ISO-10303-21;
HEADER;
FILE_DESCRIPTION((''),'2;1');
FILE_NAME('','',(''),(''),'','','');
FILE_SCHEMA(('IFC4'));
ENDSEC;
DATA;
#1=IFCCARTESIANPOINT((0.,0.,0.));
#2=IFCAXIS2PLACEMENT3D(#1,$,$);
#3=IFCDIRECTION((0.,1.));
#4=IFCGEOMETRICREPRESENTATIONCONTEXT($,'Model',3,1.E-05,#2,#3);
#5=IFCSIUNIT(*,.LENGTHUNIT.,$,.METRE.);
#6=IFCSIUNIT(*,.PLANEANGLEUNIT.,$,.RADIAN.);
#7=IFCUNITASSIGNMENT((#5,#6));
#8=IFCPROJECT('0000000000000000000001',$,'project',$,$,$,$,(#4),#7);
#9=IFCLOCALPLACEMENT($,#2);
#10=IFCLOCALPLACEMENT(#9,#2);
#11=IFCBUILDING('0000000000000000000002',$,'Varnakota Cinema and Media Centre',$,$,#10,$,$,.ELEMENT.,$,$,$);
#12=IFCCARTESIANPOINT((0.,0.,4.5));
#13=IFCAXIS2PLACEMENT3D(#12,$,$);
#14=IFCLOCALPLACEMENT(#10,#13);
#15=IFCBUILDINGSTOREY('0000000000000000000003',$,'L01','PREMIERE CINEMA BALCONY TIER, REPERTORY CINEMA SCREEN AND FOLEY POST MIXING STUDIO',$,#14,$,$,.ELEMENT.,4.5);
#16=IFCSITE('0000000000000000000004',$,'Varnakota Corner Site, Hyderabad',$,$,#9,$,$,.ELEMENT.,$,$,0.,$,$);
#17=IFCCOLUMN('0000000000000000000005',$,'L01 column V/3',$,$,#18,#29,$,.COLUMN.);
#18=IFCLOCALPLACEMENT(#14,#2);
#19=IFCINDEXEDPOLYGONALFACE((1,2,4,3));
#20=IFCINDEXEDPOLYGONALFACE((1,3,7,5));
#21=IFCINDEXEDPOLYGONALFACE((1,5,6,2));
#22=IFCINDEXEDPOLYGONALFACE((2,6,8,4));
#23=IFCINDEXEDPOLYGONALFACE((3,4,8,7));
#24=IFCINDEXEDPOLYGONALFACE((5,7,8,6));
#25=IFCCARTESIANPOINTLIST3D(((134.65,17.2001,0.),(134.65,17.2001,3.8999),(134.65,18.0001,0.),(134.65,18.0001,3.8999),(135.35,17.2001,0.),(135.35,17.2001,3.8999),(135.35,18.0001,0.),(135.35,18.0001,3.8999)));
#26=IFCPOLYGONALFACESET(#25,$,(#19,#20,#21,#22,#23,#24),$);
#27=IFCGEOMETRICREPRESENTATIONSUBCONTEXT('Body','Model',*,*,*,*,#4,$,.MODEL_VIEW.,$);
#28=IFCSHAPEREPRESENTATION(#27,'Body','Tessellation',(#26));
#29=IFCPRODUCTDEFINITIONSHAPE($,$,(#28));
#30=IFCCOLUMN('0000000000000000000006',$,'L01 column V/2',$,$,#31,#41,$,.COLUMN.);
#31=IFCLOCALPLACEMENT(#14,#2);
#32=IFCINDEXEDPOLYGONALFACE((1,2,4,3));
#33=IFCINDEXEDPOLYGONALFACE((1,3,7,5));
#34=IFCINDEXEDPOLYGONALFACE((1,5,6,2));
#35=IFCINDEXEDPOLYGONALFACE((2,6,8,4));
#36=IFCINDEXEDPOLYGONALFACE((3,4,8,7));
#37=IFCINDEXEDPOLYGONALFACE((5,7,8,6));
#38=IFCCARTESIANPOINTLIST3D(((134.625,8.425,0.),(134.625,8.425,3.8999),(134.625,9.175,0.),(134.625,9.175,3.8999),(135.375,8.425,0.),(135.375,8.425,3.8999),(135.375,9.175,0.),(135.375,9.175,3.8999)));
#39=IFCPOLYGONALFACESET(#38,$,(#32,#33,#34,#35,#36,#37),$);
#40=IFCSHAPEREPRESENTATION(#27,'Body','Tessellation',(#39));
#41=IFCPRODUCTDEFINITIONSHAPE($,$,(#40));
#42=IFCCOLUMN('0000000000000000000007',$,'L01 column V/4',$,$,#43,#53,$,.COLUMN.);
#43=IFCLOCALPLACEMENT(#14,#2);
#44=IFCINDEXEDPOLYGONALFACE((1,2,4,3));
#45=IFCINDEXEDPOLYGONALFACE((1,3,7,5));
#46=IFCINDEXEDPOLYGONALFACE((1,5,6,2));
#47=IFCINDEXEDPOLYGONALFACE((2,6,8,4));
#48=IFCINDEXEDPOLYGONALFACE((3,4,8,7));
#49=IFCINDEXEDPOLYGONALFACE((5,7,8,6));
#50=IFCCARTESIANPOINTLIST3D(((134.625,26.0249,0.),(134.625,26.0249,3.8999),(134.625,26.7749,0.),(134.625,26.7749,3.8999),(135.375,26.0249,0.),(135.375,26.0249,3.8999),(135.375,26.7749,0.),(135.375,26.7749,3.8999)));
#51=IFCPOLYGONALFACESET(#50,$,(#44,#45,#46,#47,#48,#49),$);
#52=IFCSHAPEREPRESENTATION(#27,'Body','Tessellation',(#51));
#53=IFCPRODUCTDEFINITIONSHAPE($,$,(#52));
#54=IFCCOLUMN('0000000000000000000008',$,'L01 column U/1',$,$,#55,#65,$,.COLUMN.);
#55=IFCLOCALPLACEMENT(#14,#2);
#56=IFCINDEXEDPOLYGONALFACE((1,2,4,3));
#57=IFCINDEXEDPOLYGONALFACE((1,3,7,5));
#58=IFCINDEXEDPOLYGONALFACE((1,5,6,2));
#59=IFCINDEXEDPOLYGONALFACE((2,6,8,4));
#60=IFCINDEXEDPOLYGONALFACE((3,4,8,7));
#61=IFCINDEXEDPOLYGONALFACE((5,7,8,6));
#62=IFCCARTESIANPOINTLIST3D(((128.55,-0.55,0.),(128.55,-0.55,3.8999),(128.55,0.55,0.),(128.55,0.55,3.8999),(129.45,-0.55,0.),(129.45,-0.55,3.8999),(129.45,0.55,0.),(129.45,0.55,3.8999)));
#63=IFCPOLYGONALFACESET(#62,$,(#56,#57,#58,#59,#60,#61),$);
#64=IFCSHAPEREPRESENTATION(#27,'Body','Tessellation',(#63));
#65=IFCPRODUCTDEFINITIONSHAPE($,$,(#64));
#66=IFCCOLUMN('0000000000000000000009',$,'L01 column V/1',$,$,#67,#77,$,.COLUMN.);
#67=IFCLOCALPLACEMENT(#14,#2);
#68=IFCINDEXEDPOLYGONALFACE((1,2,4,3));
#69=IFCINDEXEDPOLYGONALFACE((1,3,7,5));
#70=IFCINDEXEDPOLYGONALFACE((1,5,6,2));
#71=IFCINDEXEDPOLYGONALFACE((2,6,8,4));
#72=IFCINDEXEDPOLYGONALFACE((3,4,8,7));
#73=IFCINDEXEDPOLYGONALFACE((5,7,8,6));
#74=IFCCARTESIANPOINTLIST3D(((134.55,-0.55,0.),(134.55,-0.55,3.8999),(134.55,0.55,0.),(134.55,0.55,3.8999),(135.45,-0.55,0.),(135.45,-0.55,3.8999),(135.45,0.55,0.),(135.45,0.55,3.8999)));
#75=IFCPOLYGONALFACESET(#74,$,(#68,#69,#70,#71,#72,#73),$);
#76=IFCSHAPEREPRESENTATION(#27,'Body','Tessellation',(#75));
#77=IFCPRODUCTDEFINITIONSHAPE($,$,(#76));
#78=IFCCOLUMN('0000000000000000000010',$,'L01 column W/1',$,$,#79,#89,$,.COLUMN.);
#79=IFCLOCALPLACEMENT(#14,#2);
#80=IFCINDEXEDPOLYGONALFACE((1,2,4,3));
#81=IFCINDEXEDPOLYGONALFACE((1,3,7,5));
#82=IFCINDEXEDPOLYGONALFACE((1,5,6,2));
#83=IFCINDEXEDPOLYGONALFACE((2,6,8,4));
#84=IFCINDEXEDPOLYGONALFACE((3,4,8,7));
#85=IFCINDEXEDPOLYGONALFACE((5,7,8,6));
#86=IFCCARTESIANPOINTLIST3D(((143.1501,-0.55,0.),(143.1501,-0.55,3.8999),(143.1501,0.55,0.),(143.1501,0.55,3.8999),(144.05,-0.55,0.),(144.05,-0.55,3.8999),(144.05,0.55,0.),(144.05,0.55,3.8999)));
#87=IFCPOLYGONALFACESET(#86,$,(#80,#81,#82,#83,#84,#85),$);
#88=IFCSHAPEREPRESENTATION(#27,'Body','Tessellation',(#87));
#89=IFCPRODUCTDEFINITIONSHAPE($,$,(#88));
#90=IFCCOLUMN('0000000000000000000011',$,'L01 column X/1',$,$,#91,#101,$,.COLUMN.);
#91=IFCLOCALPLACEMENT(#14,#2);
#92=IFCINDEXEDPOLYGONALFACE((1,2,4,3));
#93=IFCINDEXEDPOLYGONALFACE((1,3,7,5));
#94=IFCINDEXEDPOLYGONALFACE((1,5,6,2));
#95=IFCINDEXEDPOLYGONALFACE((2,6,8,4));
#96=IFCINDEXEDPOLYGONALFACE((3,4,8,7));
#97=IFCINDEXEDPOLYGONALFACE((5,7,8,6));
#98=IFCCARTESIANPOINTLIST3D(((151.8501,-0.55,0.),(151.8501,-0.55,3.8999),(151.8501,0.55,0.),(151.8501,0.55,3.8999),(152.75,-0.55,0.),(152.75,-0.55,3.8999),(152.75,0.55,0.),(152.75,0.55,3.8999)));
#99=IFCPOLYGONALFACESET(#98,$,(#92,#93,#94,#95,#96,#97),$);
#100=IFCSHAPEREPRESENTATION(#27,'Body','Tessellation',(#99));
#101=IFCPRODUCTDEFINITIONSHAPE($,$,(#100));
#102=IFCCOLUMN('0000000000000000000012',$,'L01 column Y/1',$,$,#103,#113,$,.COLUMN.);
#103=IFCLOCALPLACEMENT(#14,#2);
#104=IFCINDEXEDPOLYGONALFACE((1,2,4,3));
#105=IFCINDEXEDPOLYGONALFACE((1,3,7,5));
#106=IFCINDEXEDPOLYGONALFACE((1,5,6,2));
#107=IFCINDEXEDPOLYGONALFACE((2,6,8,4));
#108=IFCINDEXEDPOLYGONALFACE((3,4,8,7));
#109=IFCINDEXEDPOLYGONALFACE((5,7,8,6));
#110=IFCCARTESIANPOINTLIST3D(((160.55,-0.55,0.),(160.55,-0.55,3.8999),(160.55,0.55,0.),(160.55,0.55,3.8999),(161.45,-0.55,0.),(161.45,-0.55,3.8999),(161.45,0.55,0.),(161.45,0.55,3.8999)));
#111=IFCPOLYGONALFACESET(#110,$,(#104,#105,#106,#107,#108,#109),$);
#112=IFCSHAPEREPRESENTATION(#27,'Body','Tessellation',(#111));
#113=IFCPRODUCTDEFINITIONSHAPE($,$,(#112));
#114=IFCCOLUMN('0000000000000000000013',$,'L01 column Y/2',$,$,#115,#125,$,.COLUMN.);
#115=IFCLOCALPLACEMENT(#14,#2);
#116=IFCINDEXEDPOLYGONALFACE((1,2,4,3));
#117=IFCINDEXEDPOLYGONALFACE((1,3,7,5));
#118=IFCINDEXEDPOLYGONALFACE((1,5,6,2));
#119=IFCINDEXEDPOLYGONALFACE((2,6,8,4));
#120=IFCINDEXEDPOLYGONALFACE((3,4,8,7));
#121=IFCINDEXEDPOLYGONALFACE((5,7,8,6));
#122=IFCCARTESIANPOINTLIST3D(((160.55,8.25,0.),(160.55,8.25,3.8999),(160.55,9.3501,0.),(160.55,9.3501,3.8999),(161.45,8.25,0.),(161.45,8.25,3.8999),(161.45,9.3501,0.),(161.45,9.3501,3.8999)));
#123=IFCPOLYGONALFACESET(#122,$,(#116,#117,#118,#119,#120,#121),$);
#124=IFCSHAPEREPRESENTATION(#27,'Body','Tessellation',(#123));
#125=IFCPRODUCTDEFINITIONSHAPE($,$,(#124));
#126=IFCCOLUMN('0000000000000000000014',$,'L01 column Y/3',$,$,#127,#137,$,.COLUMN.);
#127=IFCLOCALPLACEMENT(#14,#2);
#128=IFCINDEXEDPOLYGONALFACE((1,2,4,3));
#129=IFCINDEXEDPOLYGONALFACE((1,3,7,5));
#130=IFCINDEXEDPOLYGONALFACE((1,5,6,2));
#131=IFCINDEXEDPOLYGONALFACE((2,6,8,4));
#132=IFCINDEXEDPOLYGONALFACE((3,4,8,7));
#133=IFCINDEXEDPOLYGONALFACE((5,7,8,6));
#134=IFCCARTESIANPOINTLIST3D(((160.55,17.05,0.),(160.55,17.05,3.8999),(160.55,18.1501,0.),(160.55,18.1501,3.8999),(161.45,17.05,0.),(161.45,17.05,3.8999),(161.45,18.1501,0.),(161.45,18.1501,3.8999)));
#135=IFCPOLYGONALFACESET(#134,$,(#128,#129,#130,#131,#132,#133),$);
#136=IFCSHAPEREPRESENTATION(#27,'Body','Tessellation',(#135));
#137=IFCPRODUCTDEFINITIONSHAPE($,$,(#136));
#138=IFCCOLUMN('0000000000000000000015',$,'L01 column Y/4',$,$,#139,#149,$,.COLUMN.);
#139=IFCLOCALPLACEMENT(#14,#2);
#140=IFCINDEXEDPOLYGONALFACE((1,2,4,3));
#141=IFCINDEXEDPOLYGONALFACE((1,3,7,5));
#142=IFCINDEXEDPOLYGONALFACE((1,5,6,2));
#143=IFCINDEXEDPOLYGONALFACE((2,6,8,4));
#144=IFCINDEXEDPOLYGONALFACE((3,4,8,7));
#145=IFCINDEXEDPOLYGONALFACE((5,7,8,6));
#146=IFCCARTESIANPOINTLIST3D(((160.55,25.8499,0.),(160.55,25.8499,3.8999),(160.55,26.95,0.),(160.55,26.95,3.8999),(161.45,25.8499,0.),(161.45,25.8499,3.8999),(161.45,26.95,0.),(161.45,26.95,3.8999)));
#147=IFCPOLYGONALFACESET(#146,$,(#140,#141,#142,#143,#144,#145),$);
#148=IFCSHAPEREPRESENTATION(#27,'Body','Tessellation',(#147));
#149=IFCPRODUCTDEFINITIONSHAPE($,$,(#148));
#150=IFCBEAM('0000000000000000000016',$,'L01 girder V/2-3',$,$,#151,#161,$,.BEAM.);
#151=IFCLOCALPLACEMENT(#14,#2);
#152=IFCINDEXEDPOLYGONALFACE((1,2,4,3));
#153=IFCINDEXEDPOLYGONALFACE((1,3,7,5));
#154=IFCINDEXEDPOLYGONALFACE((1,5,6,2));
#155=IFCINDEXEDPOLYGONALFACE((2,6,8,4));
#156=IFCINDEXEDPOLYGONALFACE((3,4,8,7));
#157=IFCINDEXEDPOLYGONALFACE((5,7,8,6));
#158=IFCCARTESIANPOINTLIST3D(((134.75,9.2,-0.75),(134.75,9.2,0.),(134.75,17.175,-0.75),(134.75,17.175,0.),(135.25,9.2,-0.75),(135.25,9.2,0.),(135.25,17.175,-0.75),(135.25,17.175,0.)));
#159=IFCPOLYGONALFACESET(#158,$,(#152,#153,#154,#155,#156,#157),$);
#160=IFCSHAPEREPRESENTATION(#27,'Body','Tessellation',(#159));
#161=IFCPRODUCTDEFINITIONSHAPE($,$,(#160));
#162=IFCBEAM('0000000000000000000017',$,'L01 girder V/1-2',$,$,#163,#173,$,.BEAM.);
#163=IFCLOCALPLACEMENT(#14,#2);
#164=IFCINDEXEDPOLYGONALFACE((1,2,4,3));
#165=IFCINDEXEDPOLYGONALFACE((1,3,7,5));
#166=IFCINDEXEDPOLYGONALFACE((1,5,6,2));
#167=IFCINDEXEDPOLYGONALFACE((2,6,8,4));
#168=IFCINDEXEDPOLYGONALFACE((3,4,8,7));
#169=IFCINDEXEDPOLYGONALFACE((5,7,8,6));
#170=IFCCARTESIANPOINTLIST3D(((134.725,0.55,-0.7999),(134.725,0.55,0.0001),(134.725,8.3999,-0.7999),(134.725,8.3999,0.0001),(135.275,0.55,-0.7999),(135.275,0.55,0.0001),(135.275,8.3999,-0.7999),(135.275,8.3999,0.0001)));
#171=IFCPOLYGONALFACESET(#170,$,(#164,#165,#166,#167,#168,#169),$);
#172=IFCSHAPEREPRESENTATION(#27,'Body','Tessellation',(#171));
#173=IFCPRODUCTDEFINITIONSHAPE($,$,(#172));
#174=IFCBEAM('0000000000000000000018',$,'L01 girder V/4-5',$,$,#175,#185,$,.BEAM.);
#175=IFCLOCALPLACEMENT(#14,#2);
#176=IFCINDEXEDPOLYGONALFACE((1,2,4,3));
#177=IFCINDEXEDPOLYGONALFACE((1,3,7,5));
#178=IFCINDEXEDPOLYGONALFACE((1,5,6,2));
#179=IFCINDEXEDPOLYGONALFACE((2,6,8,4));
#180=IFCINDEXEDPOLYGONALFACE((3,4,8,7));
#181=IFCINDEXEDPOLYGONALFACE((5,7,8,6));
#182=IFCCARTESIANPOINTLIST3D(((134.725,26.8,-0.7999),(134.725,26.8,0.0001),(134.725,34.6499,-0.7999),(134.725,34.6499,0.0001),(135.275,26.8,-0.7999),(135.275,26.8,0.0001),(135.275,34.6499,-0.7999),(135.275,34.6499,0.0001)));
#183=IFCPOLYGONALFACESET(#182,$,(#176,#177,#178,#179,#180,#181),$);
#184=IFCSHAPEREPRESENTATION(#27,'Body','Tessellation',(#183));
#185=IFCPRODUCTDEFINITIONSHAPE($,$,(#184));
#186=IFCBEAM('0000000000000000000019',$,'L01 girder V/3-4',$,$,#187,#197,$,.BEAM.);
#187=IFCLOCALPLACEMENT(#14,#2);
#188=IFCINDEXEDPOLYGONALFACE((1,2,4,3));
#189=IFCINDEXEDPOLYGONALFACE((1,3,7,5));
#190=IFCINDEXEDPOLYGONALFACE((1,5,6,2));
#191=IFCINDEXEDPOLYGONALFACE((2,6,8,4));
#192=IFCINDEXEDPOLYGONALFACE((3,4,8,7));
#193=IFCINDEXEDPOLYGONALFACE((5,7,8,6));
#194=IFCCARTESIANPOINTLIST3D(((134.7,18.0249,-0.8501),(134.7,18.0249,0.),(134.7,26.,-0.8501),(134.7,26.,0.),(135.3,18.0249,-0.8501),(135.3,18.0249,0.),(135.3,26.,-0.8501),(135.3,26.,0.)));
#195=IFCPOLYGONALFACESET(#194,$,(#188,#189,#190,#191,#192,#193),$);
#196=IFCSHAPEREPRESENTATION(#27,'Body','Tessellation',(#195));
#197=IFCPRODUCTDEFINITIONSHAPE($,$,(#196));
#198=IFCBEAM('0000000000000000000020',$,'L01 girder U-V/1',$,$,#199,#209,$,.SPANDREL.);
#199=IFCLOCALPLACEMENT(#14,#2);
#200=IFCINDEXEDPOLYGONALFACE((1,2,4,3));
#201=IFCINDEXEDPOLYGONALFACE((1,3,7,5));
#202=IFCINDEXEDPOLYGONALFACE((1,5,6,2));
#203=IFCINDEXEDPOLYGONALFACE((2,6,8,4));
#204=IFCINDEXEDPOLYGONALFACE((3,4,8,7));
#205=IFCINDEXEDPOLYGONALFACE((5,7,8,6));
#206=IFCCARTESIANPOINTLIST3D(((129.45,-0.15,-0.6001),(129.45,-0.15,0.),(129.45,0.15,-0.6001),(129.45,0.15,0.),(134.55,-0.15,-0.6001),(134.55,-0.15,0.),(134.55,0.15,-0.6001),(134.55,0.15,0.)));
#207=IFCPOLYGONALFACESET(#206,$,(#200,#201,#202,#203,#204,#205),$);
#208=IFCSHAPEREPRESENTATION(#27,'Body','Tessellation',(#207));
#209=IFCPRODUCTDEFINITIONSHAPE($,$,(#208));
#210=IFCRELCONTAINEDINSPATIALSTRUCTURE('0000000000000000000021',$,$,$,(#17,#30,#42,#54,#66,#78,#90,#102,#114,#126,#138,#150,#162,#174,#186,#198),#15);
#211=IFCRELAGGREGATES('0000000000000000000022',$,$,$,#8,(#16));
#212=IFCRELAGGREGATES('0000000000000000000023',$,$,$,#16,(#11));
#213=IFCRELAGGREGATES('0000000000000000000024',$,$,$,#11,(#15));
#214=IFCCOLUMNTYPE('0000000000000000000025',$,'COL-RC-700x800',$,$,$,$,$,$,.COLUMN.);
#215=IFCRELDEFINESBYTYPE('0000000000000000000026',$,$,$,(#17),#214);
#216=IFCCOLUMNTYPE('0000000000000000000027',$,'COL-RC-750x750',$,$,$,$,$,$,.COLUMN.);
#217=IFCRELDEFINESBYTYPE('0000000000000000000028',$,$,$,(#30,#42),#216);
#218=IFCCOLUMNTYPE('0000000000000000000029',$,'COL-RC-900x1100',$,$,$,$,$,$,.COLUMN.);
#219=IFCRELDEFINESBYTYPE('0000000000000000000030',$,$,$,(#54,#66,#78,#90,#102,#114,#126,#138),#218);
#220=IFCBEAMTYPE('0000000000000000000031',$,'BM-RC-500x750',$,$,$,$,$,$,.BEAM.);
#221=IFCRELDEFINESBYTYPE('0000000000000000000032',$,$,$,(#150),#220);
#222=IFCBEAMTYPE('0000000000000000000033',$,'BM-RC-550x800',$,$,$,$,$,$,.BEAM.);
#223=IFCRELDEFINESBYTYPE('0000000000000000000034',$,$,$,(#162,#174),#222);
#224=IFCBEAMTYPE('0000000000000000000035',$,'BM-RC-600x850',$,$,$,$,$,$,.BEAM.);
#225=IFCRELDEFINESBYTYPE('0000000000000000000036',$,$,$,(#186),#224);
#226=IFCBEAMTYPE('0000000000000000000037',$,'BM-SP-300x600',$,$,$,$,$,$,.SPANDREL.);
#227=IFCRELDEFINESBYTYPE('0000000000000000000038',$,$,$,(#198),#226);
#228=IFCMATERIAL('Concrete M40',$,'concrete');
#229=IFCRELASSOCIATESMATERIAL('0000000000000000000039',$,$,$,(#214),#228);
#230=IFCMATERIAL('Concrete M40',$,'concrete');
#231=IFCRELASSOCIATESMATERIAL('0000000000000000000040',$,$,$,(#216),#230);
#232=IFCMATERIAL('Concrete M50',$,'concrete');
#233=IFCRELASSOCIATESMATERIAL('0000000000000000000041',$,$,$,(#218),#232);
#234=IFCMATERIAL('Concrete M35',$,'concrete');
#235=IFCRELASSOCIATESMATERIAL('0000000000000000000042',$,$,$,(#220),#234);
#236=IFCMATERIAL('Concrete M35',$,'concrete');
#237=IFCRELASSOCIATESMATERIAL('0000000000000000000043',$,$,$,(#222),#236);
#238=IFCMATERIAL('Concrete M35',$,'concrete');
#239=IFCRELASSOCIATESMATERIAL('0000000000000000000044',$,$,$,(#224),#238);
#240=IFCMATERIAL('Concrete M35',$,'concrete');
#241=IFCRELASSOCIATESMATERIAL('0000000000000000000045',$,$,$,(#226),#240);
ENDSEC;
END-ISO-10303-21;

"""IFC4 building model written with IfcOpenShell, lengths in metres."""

from ifc_helpers import new_model, si_unit, direction, frame, origin, origin_2d, place, context, subcontext, project, spatial, rectangle, extrude, material, material_profile, profile_set, type_object, element, save


model = new_model("IFC4")

# Units and contexts
model_context = context("Model", 3, precision=1e-05, world=origin(), true_north=direction((0.0, 1.0)))
body_context = subcontext(model_context, "Body", "Model", "MODEL_VIEW")
ifc_project = project(units=[si_unit("LENGTHUNIT", "METRE"), si_unit("PLANEANGLEUNIT", "RADIAN")], contexts=[model_context])

# Site, building, storey
site_placement = place(None, origin())
site = spatial("IfcSite", under=ifc_project, at=site_placement, Name="Varnakota Corner Site, Hyderabad", CompositionType="ELEMENT", RefElevation=0.0)
building_placement = place(site_placement, origin())
building = spatial("IfcBuilding", under=site, at=building_placement, Name="Varnakota Cinema and Media Centre", CompositionType="ELEMENT")
storey_placement = place(building_placement, frame((0.0, 0.0, 4.5)))
storey = spatial("IfcBuildingStorey", under=building, at=storey_placement, Name="L01", Description="PREMIERE CINEMA BALCONY TIER, REPERTORY CINEMA SCREEN AND FOLEY POST MIXING STUDIO", CompositionType="ELEMENT", Elevation=4.5)

# Columns
ifc_material_1 = material(Name="Concrete M40", Category="concrete")
ifc_material_profile_1 = material_profile(ifc_material_1, rectangle(XDim=0.7, YDim=0.8, at=origin_2d()), Name="RC 700x800")
ifc_profile_set_1 = profile_set([ifc_material_profile_1], Name="Concrete M40")
column_type_1 = type_object("IfcColumnType", Name="COL-RC-700x800", PredefinedType="COLUMN", material=ifc_profile_set_1)
column_placement = place(storey_placement, frame((135.0, 17.6001, 0.0), z_axis=(0.0, 0.0, 1.0), x_axis=(1.0, 0.0, 0.0)))
element("IfcColumn", 1, at=column_placement, inside=storey, type_object=column_type_1, Name="L01 column V/3", PredefinedType="COLUMN", context=body_context, shape_type="SweptSolid", body=[
    extrude(rectangle(XDim=0.7, YDim=0.8, at=origin_2d()), origin(), (0.0, 0.0, 1.0), 3.8999),
])
ifc_material_2 = material(Name="Concrete M40", Category="concrete")
ifc_material_profile_2 = material_profile(ifc_material_2, rectangle(XDim=0.75, YDim=0.75, at=origin_2d()), Name="RC 750x750")
ifc_profile_set_2 = profile_set([ifc_material_profile_2], Name="Concrete M40")
column_type_2 = type_object("IfcColumnType", Name="COL-RC-750x750", PredefinedType="COLUMN", material=ifc_profile_set_2)
for number, where, z_axis, x_axis, name in (
    (2, (135.0, 8.8, 0.0), (0.0, 0.0, 1.0), (1.0, 0.0, 0.0), "L01 column V/2"),
    (3, (135.0, 26.3999, 0.0), (0.0, 0.0, 1.0), (1.0, 0.0, 0.0), "L01 column V/4"),
):
    element("IfcColumn", number, at=place(storey_placement, frame(where, z_axis=z_axis, x_axis=x_axis)), inside=storey, type_object=column_type_2, Name=name, PredefinedType="COLUMN", context=body_context, shape_type="SweptSolid", body=[
        extrude(rectangle(XDim=0.75, YDim=0.75, at=origin_2d()), origin(), (0.0, 0.0, 1.0), 3.8999),
    ])
ifc_material_3 = material(Name="Concrete M50", Category="concrete")
ifc_material_profile_3 = material_profile(ifc_material_3, rectangle(XDim=0.8999, YDim=1.1001, at=origin_2d()), Name="RC 900x1100")
ifc_profile_set_3 = profile_set([ifc_material_profile_3], Name="Concrete M50")
column_type_3 = type_object("IfcColumnType", Name="COL-RC-900x1100", PredefinedType="COLUMN", material=ifc_profile_set_3)
for number, where, z_axis, x_axis, name in (
    (4, (129.0, 0.0, 0.0), (0.0, 0.0, 1.0), (1.0, 0.0, 0.0), "L01 column U/1"),
    (5, (135.0, 0.0, 0.0), (0.0, 0.0, 1.0), (1.0, 0.0, 0.0), "L01 column V/1"),
    (6, (143.6001, 0.0, 0.0), (0.0, 0.0, 1.0), (1.0, 0.0, 0.0), "L01 column W/1"),
    (7, (152.3, 0.0, 0.0), (0.0, 0.0, 1.0), (1.0, 0.0, 0.0), "L01 column X/1"),
    (8, (161.0, 0.0, 0.0), (0.0, 0.0, 1.0), (1.0, 0.0, 0.0), "L01 column Y/1"),
    (9, (161.0, 8.8, 0.0), (0.0, 0.0, 1.0), (1.0, 0.0, 0.0), "L01 column Y/2"),
    (10, (161.0, 17.6001, 0.0), (0.0, 0.0, 1.0), (1.0, 0.0, 0.0), "L01 column Y/3"),
    (11, (161.0, 26.3999, 0.0), (0.0, 0.0, 1.0), (1.0, 0.0, 0.0), "L01 column Y/4"),
):
    element("IfcColumn", number, at=place(storey_placement, frame(where, z_axis=z_axis, x_axis=x_axis)), inside=storey, type_object=column_type_3, Name=name, PredefinedType="COLUMN", context=body_context, shape_type="SweptSolid", body=[
        extrude(rectangle(XDim=0.8999, YDim=1.1001, at=origin_2d()), origin(), (0.0, 0.0, 1.0), 3.8999),
    ])

# Beams
ifc_material_4 = material(Name="Concrete M35", Category="concrete")
ifc_material_profile_4 = material_profile(ifc_material_4, rectangle(XDim=0.5, YDim=0.75, at=origin_2d()), Name="RCB 500x750")
ifc_profile_set_4 = profile_set([ifc_material_profile_4], Name="Concrete M35")
beam_type_1 = type_object("IfcBeamType", Name="BM-RC-500x750", PredefinedType="BEAM", material=ifc_profile_set_4)
beam_1_placement = place(storey_placement, frame((135.0, 9.2, -0.375), z_axis=(0.0, 1.0, 0.0), x_axis=(-1.0, 0.0, 0.0)))
element("IfcBeam", 12, at=beam_1_placement, inside=storey, type_object=beam_type_1, Name="L01 girder V/2-3", PredefinedType="BEAM", context=body_context, shape_type="SweptSolid", body=[
    extrude(rectangle(XDim=0.5, YDim=0.75, at=origin_2d()), origin(), (0.0, 0.0, 1.0), 7.9751),
])
ifc_material_5 = material(Name="Concrete M35", Category="concrete")
ifc_material_profile_5 = material_profile(ifc_material_5, rectangle(XDim=0.55, YDim=0.8, at=origin_2d()), Name="RCB 550x800")
ifc_profile_set_5 = profile_set([ifc_material_profile_5], Name="Concrete M35")
beam_type_2 = type_object("IfcBeamType", Name="BM-RC-550x800", PredefinedType="BEAM", material=ifc_profile_set_5)
for number, where, z_axis, x_axis, name in (
    (13, (135.0, 0.55, -0.3999), (0.0, 1.0, 0.0), (-1.0, 0.0, 0.0), "L01 girder V/1-2"),
    (14, (135.0, 26.8, -0.3999), (0.0, 1.0, 0.0), (-1.0, 0.0, 0.0), "L01 girder V/4-5"),
):
    element("IfcBeam", number, at=place(storey_placement, frame(where, z_axis=z_axis, x_axis=x_axis)), inside=storey, type_object=beam_type_2, Name=name, PredefinedType="BEAM", context=body_context, shape_type="SweptSolid", body=[
        extrude(rectangle(XDim=0.55, YDim=0.8, at=origin_2d()), origin(), (0.0, 0.0, 1.0), 7.8499),
    ])
ifc_material_6 = material(Name="Concrete M35", Category="concrete")
ifc_material_profile_6 = material_profile(ifc_material_6, rectangle(XDim=0.6001, YDim=0.8501, at=origin_2d()), Name="RCB 600x850")
ifc_profile_set_6 = profile_set([ifc_material_profile_6], Name="Concrete M35")
beam_type_3 = type_object("IfcBeamType", Name="BM-RC-600x850", PredefinedType="BEAM", material=ifc_profile_set_6)
beam_2_placement = place(storey_placement, frame((135.0, 18.0249, -0.425), z_axis=(0.0, 1.0, 0.0), x_axis=(-1.0, 0.0, 0.0)))
element("IfcBeam", 15, at=beam_2_placement, inside=storey, type_object=beam_type_3, Name="L01 girder V/3-4", PredefinedType="BEAM", context=body_context, shape_type="SweptSolid", body=[
    extrude(rectangle(XDim=0.6001, YDim=0.8501, at=origin_2d()), origin(), (0.0, 0.0, 1.0), 7.9751),
])
ifc_material_7 = material(Name="Concrete M35", Category="concrete")
ifc_material_profile_7 = material_profile(ifc_material_7, rectangle(XDim=0.3, YDim=0.6001, at=origin_2d()), Name="RCB 300x600")
ifc_profile_set_7 = profile_set([ifc_material_profile_7], Name="Concrete M35")
beam_type_4 = type_object("IfcBeamType", Name="BM-SP-300x600", PredefinedType="SPANDREL", material=ifc_profile_set_7)
beam_3_placement = place(storey_placement, frame((129.45, 0.0, -0.3), z_axis=(1.0, 0.0, 0.0), x_axis=(0.0, 1.0, 0.0)))
element("IfcBeam", 16, at=beam_3_placement, inside=storey, type_object=beam_type_4, Name="L01 girder U-V/1", PredefinedType="SPANDREL", context=body_context, shape_type="SweptSolid", body=[
    extrude(rectangle(XDim=0.3, YDim=0.6001, at=origin_2d()), origin(), (0.0, 0.0, 1.0), 5.1001),
])

save(model, "model.ifc")
